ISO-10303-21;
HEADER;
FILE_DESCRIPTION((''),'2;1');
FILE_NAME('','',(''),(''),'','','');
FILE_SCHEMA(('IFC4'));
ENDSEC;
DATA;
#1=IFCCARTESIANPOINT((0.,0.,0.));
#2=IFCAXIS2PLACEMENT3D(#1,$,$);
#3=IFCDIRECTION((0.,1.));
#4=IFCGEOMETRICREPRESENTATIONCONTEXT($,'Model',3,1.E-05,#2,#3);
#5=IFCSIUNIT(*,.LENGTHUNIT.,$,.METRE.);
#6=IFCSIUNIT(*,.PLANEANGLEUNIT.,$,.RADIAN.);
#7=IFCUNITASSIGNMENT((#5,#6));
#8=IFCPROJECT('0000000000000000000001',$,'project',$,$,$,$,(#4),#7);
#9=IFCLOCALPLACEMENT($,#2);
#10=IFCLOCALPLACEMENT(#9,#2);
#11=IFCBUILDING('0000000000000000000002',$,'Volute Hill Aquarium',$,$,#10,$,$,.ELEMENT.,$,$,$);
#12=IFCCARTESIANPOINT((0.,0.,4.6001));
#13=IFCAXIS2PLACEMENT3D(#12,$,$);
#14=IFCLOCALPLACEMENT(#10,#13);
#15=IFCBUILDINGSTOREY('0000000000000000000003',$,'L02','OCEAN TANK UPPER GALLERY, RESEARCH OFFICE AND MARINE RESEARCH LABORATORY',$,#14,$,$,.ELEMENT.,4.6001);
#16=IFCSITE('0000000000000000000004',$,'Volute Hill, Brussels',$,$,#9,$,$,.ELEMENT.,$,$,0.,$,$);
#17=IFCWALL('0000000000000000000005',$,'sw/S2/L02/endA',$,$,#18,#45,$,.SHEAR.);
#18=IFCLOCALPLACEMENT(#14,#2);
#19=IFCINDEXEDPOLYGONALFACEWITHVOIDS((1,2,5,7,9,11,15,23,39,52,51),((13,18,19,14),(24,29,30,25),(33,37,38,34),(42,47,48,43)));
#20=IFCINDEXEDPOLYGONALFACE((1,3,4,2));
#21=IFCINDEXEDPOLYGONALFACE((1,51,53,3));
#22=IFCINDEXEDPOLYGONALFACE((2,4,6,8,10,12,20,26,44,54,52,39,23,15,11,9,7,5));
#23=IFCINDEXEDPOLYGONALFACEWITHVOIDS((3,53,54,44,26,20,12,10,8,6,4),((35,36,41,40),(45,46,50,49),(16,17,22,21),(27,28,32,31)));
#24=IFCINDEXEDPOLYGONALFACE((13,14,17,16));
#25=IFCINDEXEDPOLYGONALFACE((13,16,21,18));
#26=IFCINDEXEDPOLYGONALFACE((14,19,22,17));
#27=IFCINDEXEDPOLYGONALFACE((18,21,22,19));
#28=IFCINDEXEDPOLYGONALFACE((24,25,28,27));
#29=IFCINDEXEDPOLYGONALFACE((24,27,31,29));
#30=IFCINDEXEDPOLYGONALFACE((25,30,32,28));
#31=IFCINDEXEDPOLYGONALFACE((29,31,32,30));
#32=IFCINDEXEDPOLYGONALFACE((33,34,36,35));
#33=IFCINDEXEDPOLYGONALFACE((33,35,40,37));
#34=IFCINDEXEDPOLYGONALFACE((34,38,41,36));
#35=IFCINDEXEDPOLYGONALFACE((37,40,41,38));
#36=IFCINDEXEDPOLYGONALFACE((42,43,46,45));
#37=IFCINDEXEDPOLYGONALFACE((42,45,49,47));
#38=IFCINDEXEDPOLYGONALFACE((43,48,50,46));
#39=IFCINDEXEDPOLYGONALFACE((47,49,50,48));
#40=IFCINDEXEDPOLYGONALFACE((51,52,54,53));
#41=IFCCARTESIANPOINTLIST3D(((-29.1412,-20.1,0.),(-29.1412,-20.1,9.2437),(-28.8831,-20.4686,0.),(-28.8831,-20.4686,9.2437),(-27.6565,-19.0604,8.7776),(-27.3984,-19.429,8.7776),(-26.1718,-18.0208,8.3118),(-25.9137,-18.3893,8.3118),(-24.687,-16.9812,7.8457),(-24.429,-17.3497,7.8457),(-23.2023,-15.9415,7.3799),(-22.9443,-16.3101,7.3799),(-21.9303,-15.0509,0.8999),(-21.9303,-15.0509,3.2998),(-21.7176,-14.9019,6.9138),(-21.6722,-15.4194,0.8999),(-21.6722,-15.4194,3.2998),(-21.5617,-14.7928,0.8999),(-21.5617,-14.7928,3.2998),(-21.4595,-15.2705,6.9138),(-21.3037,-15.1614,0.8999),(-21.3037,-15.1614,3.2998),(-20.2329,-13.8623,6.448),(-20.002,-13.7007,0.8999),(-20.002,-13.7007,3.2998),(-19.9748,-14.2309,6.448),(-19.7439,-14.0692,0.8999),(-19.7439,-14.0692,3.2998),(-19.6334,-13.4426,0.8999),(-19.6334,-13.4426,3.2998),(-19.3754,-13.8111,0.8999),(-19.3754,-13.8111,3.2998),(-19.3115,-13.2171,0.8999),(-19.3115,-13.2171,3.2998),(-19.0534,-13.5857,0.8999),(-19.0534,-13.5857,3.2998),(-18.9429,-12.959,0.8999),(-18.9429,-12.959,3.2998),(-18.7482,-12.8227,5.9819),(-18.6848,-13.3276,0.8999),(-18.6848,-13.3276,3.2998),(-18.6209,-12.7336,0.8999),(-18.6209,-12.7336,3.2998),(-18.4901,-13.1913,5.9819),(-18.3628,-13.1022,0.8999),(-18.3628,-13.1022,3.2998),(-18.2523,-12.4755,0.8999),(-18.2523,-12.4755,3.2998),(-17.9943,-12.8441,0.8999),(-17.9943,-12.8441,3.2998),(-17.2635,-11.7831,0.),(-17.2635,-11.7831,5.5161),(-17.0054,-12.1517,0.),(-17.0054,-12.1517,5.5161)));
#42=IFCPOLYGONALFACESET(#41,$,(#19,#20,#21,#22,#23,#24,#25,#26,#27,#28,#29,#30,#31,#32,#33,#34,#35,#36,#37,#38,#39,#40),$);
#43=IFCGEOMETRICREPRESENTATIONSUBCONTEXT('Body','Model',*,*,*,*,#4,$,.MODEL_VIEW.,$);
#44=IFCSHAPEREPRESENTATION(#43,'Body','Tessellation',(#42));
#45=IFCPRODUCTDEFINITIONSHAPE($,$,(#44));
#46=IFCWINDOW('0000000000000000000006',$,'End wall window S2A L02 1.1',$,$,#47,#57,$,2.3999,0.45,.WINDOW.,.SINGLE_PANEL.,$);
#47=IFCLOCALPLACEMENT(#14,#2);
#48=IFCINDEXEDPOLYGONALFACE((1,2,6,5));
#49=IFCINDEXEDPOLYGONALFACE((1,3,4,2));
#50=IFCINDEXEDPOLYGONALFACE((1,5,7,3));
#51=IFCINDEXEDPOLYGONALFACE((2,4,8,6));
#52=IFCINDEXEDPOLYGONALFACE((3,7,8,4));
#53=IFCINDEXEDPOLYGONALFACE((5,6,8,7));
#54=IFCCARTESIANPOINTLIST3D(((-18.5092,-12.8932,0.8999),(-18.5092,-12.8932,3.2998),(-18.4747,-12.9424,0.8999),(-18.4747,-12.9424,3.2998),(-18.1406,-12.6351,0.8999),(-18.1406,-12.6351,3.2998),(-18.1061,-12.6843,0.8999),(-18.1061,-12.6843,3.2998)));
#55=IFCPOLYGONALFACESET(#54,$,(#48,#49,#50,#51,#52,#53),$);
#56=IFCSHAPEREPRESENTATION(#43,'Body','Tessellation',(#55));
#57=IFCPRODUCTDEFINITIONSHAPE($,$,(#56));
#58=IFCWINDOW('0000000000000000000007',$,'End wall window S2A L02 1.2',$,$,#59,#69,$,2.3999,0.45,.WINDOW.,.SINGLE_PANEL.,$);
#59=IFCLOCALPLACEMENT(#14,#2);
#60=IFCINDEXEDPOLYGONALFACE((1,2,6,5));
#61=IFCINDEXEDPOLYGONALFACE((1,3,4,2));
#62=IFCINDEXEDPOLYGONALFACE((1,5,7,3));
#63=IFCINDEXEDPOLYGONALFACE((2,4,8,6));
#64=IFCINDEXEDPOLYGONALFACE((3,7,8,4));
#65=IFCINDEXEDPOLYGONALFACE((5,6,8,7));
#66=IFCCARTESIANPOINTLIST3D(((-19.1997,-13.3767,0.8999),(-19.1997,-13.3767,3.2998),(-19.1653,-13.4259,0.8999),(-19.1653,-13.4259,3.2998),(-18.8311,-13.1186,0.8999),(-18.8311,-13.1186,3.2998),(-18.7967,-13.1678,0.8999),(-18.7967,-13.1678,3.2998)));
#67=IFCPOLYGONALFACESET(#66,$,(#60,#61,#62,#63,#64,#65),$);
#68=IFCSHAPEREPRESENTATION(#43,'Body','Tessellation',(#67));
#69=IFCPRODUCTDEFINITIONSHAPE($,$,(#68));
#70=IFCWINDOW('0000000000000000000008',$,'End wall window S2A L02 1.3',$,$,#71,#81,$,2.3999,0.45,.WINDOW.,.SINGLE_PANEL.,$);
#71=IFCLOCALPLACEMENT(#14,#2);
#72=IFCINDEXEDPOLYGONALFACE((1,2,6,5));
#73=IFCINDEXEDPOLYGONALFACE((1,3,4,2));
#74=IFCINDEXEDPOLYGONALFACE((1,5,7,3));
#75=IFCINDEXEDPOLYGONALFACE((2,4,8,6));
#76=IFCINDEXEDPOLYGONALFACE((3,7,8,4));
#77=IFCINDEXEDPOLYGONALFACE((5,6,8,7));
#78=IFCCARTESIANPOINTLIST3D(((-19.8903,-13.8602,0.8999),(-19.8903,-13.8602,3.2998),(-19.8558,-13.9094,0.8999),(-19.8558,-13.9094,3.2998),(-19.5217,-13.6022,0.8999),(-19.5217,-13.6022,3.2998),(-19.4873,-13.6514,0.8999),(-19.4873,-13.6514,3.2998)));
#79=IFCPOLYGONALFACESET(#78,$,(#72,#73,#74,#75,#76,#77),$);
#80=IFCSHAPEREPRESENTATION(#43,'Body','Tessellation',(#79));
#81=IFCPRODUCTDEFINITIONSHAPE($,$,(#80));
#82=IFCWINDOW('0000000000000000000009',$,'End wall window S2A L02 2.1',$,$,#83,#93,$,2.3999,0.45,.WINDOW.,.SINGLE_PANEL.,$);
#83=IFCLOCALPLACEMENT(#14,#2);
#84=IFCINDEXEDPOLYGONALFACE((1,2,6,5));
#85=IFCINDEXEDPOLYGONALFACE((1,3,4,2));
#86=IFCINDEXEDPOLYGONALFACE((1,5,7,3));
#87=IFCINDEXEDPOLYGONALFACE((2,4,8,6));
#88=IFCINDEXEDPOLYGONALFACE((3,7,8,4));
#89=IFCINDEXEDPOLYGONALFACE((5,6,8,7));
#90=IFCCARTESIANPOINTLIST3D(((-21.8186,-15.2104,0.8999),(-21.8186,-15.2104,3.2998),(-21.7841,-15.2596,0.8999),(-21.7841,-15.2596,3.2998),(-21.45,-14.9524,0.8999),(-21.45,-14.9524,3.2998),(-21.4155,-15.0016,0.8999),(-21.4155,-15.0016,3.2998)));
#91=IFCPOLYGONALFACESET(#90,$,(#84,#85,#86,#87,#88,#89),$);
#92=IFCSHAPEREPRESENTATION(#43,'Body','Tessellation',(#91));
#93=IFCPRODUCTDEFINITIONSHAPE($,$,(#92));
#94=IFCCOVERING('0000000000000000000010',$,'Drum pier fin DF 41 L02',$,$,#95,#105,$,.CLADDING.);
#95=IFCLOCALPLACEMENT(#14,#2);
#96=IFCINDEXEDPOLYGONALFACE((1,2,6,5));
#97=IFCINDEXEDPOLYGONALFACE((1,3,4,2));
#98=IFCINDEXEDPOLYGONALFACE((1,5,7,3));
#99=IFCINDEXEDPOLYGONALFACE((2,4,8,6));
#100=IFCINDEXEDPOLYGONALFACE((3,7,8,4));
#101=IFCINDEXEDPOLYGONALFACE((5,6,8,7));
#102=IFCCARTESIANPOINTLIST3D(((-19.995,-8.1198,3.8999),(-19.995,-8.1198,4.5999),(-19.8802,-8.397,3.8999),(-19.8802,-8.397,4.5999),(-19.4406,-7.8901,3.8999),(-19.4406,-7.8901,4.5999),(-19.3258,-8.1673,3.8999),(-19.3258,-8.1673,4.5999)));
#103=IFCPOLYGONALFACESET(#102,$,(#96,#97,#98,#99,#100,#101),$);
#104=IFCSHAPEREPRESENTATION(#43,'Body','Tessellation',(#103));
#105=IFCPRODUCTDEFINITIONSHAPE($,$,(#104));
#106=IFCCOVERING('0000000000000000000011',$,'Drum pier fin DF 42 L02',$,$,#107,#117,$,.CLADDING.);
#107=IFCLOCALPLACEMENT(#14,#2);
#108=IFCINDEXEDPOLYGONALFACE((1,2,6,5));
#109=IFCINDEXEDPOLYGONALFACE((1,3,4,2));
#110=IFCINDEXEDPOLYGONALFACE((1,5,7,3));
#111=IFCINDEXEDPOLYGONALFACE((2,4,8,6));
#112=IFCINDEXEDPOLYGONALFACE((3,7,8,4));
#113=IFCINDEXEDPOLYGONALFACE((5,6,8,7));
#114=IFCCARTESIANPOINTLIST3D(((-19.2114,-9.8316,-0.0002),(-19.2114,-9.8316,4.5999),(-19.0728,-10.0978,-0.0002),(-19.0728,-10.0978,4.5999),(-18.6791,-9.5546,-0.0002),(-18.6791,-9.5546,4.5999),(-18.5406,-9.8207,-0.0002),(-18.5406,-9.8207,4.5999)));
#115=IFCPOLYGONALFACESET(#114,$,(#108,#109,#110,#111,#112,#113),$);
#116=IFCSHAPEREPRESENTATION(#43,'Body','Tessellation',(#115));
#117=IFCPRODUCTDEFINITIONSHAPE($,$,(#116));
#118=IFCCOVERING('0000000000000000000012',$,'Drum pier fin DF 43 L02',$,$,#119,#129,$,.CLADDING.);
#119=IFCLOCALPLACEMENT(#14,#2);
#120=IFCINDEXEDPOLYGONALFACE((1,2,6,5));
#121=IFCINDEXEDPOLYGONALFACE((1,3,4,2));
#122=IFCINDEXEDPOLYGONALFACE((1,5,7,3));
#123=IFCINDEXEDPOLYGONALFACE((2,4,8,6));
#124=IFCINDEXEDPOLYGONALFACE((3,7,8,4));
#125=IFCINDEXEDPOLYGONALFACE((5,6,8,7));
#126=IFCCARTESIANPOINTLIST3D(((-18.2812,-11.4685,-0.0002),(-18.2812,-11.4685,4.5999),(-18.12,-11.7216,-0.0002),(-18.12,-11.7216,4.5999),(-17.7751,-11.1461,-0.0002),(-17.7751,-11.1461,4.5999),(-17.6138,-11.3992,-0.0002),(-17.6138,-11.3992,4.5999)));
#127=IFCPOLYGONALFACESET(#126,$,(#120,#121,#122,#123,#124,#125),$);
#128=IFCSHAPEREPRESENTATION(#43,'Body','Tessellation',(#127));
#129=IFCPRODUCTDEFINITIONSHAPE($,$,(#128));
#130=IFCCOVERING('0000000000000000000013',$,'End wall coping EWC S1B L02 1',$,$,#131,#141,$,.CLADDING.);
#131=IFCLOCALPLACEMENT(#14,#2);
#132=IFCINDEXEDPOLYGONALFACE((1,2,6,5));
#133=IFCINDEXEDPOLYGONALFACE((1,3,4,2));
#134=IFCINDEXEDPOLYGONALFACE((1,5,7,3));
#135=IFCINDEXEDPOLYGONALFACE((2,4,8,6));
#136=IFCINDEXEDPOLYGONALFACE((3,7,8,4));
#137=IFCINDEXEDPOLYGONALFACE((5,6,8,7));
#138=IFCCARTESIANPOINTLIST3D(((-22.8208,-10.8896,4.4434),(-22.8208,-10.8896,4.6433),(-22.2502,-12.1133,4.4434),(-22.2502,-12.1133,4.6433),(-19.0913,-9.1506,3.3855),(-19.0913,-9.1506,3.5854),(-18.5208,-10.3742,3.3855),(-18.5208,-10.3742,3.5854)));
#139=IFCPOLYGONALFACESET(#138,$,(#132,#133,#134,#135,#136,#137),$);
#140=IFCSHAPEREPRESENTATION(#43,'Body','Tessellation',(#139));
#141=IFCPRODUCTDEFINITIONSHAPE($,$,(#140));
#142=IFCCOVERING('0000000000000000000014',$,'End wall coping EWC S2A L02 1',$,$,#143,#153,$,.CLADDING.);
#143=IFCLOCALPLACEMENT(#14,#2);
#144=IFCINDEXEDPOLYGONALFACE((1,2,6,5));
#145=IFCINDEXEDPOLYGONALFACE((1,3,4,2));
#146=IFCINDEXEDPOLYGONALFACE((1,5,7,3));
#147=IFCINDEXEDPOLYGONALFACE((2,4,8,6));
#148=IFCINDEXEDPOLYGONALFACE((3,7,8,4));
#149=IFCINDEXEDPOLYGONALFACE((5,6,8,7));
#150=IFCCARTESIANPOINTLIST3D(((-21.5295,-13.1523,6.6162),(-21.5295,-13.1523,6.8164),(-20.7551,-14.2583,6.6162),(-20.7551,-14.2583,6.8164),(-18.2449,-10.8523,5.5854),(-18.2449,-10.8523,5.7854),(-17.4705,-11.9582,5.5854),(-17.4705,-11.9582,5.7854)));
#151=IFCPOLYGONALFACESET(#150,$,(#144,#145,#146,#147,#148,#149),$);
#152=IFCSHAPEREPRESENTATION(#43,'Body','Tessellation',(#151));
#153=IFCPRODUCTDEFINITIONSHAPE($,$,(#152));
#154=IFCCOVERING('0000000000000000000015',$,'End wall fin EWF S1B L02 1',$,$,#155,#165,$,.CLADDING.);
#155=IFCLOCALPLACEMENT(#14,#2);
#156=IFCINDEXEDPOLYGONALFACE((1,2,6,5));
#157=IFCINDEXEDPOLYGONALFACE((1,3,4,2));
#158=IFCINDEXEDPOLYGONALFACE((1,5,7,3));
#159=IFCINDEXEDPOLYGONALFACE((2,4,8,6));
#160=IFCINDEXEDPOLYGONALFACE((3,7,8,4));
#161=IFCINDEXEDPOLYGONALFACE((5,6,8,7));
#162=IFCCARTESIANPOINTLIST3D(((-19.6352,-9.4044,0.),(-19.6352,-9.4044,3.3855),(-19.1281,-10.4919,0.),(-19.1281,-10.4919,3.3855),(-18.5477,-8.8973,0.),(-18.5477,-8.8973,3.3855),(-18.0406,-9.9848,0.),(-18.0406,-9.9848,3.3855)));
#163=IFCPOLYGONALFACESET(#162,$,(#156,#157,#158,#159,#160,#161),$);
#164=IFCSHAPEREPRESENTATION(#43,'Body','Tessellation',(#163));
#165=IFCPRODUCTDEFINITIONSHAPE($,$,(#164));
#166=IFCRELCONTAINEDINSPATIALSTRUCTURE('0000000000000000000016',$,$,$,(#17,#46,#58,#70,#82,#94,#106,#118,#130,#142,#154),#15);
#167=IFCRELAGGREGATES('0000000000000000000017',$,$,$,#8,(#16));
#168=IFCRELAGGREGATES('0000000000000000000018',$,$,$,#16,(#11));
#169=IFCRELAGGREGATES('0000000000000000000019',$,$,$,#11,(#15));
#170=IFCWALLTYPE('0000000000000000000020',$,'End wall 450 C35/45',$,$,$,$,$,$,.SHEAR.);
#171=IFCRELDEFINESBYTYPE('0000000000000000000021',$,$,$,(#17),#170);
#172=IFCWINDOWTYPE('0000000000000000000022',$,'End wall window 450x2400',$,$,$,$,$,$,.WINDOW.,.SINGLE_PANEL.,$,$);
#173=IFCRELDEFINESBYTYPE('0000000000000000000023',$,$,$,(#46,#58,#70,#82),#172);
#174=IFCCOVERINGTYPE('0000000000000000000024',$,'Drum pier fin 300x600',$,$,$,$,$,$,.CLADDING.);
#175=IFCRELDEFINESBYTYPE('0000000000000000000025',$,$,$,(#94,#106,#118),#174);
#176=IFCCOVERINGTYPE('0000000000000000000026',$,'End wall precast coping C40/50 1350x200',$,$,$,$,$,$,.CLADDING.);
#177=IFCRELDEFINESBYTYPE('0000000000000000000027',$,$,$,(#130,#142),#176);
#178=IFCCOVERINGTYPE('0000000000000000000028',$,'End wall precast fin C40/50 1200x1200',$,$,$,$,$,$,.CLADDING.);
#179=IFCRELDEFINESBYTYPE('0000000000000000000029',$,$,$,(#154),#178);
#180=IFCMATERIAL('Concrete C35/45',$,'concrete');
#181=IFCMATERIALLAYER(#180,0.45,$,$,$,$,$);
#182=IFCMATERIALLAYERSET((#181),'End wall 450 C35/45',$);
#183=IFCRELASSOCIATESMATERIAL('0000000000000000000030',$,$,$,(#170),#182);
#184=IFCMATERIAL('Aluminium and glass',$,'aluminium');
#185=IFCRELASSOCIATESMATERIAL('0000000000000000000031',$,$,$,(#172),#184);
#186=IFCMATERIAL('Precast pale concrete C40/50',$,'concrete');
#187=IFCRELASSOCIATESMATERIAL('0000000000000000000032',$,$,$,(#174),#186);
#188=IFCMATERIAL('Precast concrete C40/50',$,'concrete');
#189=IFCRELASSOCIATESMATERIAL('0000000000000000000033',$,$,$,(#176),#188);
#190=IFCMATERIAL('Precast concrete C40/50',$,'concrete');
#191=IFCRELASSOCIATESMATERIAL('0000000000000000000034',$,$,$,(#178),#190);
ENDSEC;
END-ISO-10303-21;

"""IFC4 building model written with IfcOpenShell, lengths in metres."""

from ifc_helpers import new_model, si_unit, direction, frame, frame_2d, origin, origin_2d, place, context, subcontext, project, spatial, polyline, rectangle, outline, extrude, material, layer, layer_set, type_object, element, fill, save


model = new_model("IFC4")

# Units and contexts
model_context = context("Model", 3, precision=1e-05, world=origin(), true_north=direction((0.0, 1.0)))
body_context = subcontext(model_context, "Body", "Model", "MODEL_VIEW")
ifc_project = project(units=[si_unit("LENGTHUNIT", "METRE"), si_unit("PLANEANGLEUNIT", "RADIAN")], contexts=[model_context])

# Site, building, storey
site_placement = place(None, origin())
site = spatial("IfcSite", under=ifc_project, at=site_placement, Name="Volute Hill, Brussels", CompositionType="ELEMENT", RefElevation=0.0)
building_placement = place(site_placement, origin())
building = spatial("IfcBuilding", under=site, at=building_placement, Name="Volute Hill Aquarium", CompositionType="ELEMENT")
storey_placement = place(building_placement, frame((0.0, 0.0, 4.6001)))
storey = spatial("IfcBuildingStorey", under=building, at=storey_placement, Name="L02", Description="OCEAN TANK UPPER GALLERY, RESEARCH OFFICE AND MARINE RESEARCH LABORATORY", CompositionType="ELEMENT", Elevation=4.6001)

# Shared definitions
ifc_material_1 = material(Name="Concrete C35/45", Category="concrete")
ifc_layer_1 = layer(ifc_material_1, 0.45)
ifc_layer_set_1 = layer_set([ifc_layer_1], Name="End wall 450 C35/45")
wall_type_1 = type_object("IfcWallType", Name="End wall 450 C35/45", PredefinedType="SHEAR", material=ifc_layer_set_1)

# Wall, openings, windows
wall_1_placement = place(storey_placement, frame((-17.1345, -11.9673, 0.0), z_axis=(0.0, 0.0, 1.0), x_axis=(-0.81915, -0.573579, 0.0)))
wall_1 = element("IfcWall", 1, at=wall_1_placement, inside=storey, type_object=wall_type_1, Name="sw/S2/L02/endA", PredefinedType="SHEAR", context=body_context, shape_type="SweptSolid", body=[
    extrude(outline(polyline([(0.0, 0.0), (14.5, 0.0), (14.5, 9.2437), (12.6875, 8.7776), (10.875, 8.3118), (9.0625, 7.8457), (7.25, 7.3799), (5.4375, 6.9138), (3.625, 6.448), (1.8125, 5.9819), (0.0, 5.5161), (0.0, 0.0)])), frame((0.0, 0.2251, 0.0), z_axis=(0.0, -1.0, 0.0), x_axis=(1.0, 0.0, 0.0)), (0.0, 0.0, 1.0), 0.45),
])
opening_1_placement = place(wall_1_placement, frame((1.207, 0.0, 0.8999)))
opening_1 = element("IfcOpeningElement", 2, at=opening_1_placement, cuts=wall_1, PredefinedType="OPENING", context=body_context, shape_type="SweptSolid", body=[
    extrude(rectangle(XDim=0.45, YDim=2.3999, at=frame_2d((0.2251, 1.2))), frame((0.0, 0.2349, 0.0), z_axis=(0.0, -1.0, 0.0), x_axis=(1.0, 0.0, 0.0)), (0.0, 0.0, 1.0), 0.47),
])
opening_2_placement = place(wall_1_placement, frame((2.05, 0.0, 0.8999)))
opening_2 = element("IfcOpeningElement", 3, at=opening_2_placement, cuts=wall_1, PredefinedType="OPENING", context=body_context, shape_type="SweptSolid", body=[
    extrude(rectangle(XDim=0.45, YDim=2.3999, at=frame_2d((0.2251, 1.2))), frame((0.0, 0.2349, 0.0), z_axis=(0.0, -1.0, 0.0), x_axis=(1.0, 0.0, 0.0)), (0.0, 0.0, 1.0), 0.47),
])
opening_3_placement = place(wall_1_placement, frame((2.8931, 0.0, 0.8999)))
opening_3 = element("IfcOpeningElement", 4, at=opening_3_placement, cuts=wall_1, PredefinedType="OPENING", context=body_context, shape_type="SweptSolid", body=[
    extrude(rectangle(XDim=0.45, YDim=2.3999, at=frame_2d((0.2251, 1.2))), frame((0.0, 0.2349, 0.0), z_axis=(0.0, -1.0, 0.0), x_axis=(1.0, 0.0, 0.0)), (0.0, 0.0, 1.0), 0.47),
])
opening_4_placement = place(wall_1_placement, frame((5.2471, 0.0, 0.8999)))
opening_4 = element("IfcOpeningElement", 5, at=opening_4_placement, cuts=wall_1, PredefinedType="OPENING", context=body_context, shape_type="SweptSolid", body=[
    extrude(rectangle(XDim=0.45, YDim=2.3999, at=frame_2d((0.2251, 1.2))), frame((0.0, 0.2349, 0.0), z_axis=(0.0, -1.0, 0.0), x_axis=(1.0, 0.0, 0.0)), (0.0, 0.0, 1.0), 0.47),
])
ifc_material_2 = material(Name="Aluminium and glass", Category="aluminium")
window_type = type_object("IfcWindowType", Name="End wall window 450x2400", PartitioningType="SINGLE_PANEL", PredefinedType="WINDOW", material=ifc_material_2)
window_1_placement = place(opening_1_placement, origin())
window_1 = element("IfcWindow", 6, at=window_1_placement, inside=storey, type_object=window_type, Name="End wall window S2A L02 1.1", OverallHeight=2.3999, OverallWidth=0.45, PartitioningType="SINGLE_PANEL", PredefinedType="WINDOW", context=body_context, shape_type="SweptSolid", body=[
    extrude(rectangle(XDim=0.45, YDim=2.3999, at=frame_2d((0.2251, 1.2))), frame((0.0, 0.03, 0.0), z_axis=(0.0, -1.0, 0.0), x_axis=(1.0, 0.0, 0.0)), (0.0, 0.0, 1.0), 0.0601),
])
fill(opening_1, window_1)
window_2_placement = place(opening_2_placement, origin())
window_2 = element("IfcWindow", 7, at=window_2_placement, inside=storey, type_object=window_type, Name="End wall window S2A L02 1.2", OverallHeight=2.3999, OverallWidth=0.45, PartitioningType="SINGLE_PANEL", PredefinedType="WINDOW", context=body_context, shape_type="SweptSolid", body=[
    extrude(rectangle(XDim=0.45, YDim=2.3999, at=frame_2d((0.2251, 1.2))), frame((0.0, 0.03, 0.0), z_axis=(0.0, -1.0, 0.0), x_axis=(1.0, 0.0, 0.0)), (0.0, 0.0, 1.0), 0.0601),
])
fill(opening_2, window_2)
window_3_placement = place(opening_3_placement, origin())
window_3 = element("IfcWindow", 8, at=window_3_placement, inside=storey, type_object=window_type, Name="End wall window S2A L02 1.3", OverallHeight=2.3999, OverallWidth=0.45, PartitioningType="SINGLE_PANEL", PredefinedType="WINDOW", context=body_context, shape_type="SweptSolid", body=[
    extrude(rectangle(XDim=0.45, YDim=2.3999, at=frame_2d((0.2251, 1.2))), frame((0.0, 0.03, 0.0), z_axis=(0.0, -1.0, 0.0), x_axis=(1.0, 0.0, 0.0)), (0.0, 0.0, 1.0), 0.0601),
])
fill(opening_3, window_3)
window_4_placement = place(opening_4_placement, origin())
window_4 = element("IfcWindow", 9, at=window_4_placement, inside=storey, type_object=window_type, Name="End wall window S2A L02 2.1", OverallHeight=2.3999, OverallWidth=0.45, PartitioningType="SINGLE_PANEL", PredefinedType="WINDOW", context=body_context, shape_type="SweptSolid", body=[
    extrude(rectangle(XDim=0.45, YDim=2.3999, at=frame_2d((0.2251, 1.2))), frame((0.0, 0.03, 0.0), z_axis=(0.0, -1.0, 0.0), x_axis=(1.0, 0.0, 0.0)), (0.0, 0.0, 1.0), 0.0601),
])
fill(opening_4, window_4)

# Coverings
ifc_material_3 = material(Name="Precast pale concrete C40/50", Category="concrete")
covering_type_1 = type_object("IfcCoveringType", Name="Drum pier fin 300x600", PredefinedType="CLADDING", material=ifc_material_3)
covering_1_placement = place(storey_placement, frame((-19.6604, -8.1436, 3.8999), z_axis=(0.0, 0.0, 1.0), x_axis=(0.382683, -0.92388, 0.0)))
element("IfcCovering", 10, at=covering_1_placement, inside=storey, type_object=covering_type_1, Name="Drum pier fin DF 41 L02", PredefinedType="CLADDING", context=body_context, shape_type="SweptSolid", body=[
    extrude(rectangle(XDim=0.3, YDim=0.6001, at=origin_2d()), origin(), (0.0, 0.0, 1.0), 0.7),
])
for number, where, z_axis, x_axis, name in (
    (11, (-18.876, -9.8262, -0.0002), (0.0, 0.0, 1.0), (0.461749, -0.887011, 0.0), "Drum pier fin DF 42 L02"),
    (12, (-17.9475, -11.4338, -0.0002), (0.0, 0.0, 1.0), (0.5373, -0.843391, 0.0), "Drum pier fin DF 43 L02"),
):
    element("IfcCovering", number, at=place(storey_placement, frame(where, z_axis=z_axis, x_axis=x_axis)), inside=storey, type_object=covering_type_1, Name=name, PredefinedType="CLADDING", context=body_context, shape_type="SweptSolid", body=[
        extrude(rectangle(XDim=0.3, YDim=0.6001, at=origin_2d()), origin(), (0.0, 0.0, 1.0), 4.6001),
    ])
ifc_material_4 = material(Name="Precast concrete C40/50", Category="concrete")
covering_type_2 = type_object("IfcCoveringType", Name="End wall precast coping C40/50 1350x200", PredefinedType="CLADDING", material=ifc_material_4)
covering_2_placement = place(storey_placement, frame((-19.0913, -9.1506, 3.3855), z_axis=(-0.422603, 0.906315, 0.0), x_axis=(-0.877774, -0.409295, 0.248979)))
element("IfcCovering", 13, at=covering_2_placement, inside=storey, type_object=covering_type_2, Name="End wall coping EWC S1B L02 1", PredefinedType="CLADDING", context=body_context, shape_type="SweptSolid", body=[
    extrude(outline(polyline([(0.0, 0.0), (4.2488, 0.0), (4.2986, 0.1937), (0.0498, 0.1937), (0.0, 0.0)])), origin(), (0.0, 0.0, -1.0), 1.3501),
])
covering_3_placement = place(storey_placement, frame((-18.2449, -10.8523, 5.5854), z_axis=(-0.573593, 0.81914, 0.0), x_axis=(-0.793349, -0.555533, 0.248961)))
element("IfcCovering", 14, at=covering_3_placement, inside=storey, type_object=covering_type_2, Name="End wall coping EWC S2A L02 1", PredefinedType="CLADDING", context=body_context, shape_type="SweptSolid", body=[
    extrude(outline(polyline([(0.0, 0.0), (4.1403, 0.0), (4.1901, 0.1939), (0.0498, 0.1937), (0.0, 0.0)])), origin(), (0.0, 0.0, -1.0), 1.3501),
])
ifc_material_5 = material(Name="Precast concrete C40/50", Category="concrete")
covering_type_3 = type_object("IfcCoveringType", Name="End wall precast fin C40/50 1200x1200", PredefinedType="CLADDING", material=ifc_material_5)
covering_4_placement = place(storey_placement, frame((-18.8379, -9.6946, 0.0), z_axis=(0.0, 0.0, 1.0), x_axis=(-0.906308, -0.422618, 0.0)))
element("IfcCovering", 15, at=covering_4_placement, inside=storey, type_object=covering_type_3, Name="End wall fin EWF S1B L02 1", PredefinedType="CLADDING", context=body_context, shape_type="SweptSolid", body=[
    extrude(rectangle(XDim=1.2, YDim=1.2, at=origin_2d()), origin(), (0.0, 0.0, 1.0), 3.3855),
])

save(model, "model.ifc")
